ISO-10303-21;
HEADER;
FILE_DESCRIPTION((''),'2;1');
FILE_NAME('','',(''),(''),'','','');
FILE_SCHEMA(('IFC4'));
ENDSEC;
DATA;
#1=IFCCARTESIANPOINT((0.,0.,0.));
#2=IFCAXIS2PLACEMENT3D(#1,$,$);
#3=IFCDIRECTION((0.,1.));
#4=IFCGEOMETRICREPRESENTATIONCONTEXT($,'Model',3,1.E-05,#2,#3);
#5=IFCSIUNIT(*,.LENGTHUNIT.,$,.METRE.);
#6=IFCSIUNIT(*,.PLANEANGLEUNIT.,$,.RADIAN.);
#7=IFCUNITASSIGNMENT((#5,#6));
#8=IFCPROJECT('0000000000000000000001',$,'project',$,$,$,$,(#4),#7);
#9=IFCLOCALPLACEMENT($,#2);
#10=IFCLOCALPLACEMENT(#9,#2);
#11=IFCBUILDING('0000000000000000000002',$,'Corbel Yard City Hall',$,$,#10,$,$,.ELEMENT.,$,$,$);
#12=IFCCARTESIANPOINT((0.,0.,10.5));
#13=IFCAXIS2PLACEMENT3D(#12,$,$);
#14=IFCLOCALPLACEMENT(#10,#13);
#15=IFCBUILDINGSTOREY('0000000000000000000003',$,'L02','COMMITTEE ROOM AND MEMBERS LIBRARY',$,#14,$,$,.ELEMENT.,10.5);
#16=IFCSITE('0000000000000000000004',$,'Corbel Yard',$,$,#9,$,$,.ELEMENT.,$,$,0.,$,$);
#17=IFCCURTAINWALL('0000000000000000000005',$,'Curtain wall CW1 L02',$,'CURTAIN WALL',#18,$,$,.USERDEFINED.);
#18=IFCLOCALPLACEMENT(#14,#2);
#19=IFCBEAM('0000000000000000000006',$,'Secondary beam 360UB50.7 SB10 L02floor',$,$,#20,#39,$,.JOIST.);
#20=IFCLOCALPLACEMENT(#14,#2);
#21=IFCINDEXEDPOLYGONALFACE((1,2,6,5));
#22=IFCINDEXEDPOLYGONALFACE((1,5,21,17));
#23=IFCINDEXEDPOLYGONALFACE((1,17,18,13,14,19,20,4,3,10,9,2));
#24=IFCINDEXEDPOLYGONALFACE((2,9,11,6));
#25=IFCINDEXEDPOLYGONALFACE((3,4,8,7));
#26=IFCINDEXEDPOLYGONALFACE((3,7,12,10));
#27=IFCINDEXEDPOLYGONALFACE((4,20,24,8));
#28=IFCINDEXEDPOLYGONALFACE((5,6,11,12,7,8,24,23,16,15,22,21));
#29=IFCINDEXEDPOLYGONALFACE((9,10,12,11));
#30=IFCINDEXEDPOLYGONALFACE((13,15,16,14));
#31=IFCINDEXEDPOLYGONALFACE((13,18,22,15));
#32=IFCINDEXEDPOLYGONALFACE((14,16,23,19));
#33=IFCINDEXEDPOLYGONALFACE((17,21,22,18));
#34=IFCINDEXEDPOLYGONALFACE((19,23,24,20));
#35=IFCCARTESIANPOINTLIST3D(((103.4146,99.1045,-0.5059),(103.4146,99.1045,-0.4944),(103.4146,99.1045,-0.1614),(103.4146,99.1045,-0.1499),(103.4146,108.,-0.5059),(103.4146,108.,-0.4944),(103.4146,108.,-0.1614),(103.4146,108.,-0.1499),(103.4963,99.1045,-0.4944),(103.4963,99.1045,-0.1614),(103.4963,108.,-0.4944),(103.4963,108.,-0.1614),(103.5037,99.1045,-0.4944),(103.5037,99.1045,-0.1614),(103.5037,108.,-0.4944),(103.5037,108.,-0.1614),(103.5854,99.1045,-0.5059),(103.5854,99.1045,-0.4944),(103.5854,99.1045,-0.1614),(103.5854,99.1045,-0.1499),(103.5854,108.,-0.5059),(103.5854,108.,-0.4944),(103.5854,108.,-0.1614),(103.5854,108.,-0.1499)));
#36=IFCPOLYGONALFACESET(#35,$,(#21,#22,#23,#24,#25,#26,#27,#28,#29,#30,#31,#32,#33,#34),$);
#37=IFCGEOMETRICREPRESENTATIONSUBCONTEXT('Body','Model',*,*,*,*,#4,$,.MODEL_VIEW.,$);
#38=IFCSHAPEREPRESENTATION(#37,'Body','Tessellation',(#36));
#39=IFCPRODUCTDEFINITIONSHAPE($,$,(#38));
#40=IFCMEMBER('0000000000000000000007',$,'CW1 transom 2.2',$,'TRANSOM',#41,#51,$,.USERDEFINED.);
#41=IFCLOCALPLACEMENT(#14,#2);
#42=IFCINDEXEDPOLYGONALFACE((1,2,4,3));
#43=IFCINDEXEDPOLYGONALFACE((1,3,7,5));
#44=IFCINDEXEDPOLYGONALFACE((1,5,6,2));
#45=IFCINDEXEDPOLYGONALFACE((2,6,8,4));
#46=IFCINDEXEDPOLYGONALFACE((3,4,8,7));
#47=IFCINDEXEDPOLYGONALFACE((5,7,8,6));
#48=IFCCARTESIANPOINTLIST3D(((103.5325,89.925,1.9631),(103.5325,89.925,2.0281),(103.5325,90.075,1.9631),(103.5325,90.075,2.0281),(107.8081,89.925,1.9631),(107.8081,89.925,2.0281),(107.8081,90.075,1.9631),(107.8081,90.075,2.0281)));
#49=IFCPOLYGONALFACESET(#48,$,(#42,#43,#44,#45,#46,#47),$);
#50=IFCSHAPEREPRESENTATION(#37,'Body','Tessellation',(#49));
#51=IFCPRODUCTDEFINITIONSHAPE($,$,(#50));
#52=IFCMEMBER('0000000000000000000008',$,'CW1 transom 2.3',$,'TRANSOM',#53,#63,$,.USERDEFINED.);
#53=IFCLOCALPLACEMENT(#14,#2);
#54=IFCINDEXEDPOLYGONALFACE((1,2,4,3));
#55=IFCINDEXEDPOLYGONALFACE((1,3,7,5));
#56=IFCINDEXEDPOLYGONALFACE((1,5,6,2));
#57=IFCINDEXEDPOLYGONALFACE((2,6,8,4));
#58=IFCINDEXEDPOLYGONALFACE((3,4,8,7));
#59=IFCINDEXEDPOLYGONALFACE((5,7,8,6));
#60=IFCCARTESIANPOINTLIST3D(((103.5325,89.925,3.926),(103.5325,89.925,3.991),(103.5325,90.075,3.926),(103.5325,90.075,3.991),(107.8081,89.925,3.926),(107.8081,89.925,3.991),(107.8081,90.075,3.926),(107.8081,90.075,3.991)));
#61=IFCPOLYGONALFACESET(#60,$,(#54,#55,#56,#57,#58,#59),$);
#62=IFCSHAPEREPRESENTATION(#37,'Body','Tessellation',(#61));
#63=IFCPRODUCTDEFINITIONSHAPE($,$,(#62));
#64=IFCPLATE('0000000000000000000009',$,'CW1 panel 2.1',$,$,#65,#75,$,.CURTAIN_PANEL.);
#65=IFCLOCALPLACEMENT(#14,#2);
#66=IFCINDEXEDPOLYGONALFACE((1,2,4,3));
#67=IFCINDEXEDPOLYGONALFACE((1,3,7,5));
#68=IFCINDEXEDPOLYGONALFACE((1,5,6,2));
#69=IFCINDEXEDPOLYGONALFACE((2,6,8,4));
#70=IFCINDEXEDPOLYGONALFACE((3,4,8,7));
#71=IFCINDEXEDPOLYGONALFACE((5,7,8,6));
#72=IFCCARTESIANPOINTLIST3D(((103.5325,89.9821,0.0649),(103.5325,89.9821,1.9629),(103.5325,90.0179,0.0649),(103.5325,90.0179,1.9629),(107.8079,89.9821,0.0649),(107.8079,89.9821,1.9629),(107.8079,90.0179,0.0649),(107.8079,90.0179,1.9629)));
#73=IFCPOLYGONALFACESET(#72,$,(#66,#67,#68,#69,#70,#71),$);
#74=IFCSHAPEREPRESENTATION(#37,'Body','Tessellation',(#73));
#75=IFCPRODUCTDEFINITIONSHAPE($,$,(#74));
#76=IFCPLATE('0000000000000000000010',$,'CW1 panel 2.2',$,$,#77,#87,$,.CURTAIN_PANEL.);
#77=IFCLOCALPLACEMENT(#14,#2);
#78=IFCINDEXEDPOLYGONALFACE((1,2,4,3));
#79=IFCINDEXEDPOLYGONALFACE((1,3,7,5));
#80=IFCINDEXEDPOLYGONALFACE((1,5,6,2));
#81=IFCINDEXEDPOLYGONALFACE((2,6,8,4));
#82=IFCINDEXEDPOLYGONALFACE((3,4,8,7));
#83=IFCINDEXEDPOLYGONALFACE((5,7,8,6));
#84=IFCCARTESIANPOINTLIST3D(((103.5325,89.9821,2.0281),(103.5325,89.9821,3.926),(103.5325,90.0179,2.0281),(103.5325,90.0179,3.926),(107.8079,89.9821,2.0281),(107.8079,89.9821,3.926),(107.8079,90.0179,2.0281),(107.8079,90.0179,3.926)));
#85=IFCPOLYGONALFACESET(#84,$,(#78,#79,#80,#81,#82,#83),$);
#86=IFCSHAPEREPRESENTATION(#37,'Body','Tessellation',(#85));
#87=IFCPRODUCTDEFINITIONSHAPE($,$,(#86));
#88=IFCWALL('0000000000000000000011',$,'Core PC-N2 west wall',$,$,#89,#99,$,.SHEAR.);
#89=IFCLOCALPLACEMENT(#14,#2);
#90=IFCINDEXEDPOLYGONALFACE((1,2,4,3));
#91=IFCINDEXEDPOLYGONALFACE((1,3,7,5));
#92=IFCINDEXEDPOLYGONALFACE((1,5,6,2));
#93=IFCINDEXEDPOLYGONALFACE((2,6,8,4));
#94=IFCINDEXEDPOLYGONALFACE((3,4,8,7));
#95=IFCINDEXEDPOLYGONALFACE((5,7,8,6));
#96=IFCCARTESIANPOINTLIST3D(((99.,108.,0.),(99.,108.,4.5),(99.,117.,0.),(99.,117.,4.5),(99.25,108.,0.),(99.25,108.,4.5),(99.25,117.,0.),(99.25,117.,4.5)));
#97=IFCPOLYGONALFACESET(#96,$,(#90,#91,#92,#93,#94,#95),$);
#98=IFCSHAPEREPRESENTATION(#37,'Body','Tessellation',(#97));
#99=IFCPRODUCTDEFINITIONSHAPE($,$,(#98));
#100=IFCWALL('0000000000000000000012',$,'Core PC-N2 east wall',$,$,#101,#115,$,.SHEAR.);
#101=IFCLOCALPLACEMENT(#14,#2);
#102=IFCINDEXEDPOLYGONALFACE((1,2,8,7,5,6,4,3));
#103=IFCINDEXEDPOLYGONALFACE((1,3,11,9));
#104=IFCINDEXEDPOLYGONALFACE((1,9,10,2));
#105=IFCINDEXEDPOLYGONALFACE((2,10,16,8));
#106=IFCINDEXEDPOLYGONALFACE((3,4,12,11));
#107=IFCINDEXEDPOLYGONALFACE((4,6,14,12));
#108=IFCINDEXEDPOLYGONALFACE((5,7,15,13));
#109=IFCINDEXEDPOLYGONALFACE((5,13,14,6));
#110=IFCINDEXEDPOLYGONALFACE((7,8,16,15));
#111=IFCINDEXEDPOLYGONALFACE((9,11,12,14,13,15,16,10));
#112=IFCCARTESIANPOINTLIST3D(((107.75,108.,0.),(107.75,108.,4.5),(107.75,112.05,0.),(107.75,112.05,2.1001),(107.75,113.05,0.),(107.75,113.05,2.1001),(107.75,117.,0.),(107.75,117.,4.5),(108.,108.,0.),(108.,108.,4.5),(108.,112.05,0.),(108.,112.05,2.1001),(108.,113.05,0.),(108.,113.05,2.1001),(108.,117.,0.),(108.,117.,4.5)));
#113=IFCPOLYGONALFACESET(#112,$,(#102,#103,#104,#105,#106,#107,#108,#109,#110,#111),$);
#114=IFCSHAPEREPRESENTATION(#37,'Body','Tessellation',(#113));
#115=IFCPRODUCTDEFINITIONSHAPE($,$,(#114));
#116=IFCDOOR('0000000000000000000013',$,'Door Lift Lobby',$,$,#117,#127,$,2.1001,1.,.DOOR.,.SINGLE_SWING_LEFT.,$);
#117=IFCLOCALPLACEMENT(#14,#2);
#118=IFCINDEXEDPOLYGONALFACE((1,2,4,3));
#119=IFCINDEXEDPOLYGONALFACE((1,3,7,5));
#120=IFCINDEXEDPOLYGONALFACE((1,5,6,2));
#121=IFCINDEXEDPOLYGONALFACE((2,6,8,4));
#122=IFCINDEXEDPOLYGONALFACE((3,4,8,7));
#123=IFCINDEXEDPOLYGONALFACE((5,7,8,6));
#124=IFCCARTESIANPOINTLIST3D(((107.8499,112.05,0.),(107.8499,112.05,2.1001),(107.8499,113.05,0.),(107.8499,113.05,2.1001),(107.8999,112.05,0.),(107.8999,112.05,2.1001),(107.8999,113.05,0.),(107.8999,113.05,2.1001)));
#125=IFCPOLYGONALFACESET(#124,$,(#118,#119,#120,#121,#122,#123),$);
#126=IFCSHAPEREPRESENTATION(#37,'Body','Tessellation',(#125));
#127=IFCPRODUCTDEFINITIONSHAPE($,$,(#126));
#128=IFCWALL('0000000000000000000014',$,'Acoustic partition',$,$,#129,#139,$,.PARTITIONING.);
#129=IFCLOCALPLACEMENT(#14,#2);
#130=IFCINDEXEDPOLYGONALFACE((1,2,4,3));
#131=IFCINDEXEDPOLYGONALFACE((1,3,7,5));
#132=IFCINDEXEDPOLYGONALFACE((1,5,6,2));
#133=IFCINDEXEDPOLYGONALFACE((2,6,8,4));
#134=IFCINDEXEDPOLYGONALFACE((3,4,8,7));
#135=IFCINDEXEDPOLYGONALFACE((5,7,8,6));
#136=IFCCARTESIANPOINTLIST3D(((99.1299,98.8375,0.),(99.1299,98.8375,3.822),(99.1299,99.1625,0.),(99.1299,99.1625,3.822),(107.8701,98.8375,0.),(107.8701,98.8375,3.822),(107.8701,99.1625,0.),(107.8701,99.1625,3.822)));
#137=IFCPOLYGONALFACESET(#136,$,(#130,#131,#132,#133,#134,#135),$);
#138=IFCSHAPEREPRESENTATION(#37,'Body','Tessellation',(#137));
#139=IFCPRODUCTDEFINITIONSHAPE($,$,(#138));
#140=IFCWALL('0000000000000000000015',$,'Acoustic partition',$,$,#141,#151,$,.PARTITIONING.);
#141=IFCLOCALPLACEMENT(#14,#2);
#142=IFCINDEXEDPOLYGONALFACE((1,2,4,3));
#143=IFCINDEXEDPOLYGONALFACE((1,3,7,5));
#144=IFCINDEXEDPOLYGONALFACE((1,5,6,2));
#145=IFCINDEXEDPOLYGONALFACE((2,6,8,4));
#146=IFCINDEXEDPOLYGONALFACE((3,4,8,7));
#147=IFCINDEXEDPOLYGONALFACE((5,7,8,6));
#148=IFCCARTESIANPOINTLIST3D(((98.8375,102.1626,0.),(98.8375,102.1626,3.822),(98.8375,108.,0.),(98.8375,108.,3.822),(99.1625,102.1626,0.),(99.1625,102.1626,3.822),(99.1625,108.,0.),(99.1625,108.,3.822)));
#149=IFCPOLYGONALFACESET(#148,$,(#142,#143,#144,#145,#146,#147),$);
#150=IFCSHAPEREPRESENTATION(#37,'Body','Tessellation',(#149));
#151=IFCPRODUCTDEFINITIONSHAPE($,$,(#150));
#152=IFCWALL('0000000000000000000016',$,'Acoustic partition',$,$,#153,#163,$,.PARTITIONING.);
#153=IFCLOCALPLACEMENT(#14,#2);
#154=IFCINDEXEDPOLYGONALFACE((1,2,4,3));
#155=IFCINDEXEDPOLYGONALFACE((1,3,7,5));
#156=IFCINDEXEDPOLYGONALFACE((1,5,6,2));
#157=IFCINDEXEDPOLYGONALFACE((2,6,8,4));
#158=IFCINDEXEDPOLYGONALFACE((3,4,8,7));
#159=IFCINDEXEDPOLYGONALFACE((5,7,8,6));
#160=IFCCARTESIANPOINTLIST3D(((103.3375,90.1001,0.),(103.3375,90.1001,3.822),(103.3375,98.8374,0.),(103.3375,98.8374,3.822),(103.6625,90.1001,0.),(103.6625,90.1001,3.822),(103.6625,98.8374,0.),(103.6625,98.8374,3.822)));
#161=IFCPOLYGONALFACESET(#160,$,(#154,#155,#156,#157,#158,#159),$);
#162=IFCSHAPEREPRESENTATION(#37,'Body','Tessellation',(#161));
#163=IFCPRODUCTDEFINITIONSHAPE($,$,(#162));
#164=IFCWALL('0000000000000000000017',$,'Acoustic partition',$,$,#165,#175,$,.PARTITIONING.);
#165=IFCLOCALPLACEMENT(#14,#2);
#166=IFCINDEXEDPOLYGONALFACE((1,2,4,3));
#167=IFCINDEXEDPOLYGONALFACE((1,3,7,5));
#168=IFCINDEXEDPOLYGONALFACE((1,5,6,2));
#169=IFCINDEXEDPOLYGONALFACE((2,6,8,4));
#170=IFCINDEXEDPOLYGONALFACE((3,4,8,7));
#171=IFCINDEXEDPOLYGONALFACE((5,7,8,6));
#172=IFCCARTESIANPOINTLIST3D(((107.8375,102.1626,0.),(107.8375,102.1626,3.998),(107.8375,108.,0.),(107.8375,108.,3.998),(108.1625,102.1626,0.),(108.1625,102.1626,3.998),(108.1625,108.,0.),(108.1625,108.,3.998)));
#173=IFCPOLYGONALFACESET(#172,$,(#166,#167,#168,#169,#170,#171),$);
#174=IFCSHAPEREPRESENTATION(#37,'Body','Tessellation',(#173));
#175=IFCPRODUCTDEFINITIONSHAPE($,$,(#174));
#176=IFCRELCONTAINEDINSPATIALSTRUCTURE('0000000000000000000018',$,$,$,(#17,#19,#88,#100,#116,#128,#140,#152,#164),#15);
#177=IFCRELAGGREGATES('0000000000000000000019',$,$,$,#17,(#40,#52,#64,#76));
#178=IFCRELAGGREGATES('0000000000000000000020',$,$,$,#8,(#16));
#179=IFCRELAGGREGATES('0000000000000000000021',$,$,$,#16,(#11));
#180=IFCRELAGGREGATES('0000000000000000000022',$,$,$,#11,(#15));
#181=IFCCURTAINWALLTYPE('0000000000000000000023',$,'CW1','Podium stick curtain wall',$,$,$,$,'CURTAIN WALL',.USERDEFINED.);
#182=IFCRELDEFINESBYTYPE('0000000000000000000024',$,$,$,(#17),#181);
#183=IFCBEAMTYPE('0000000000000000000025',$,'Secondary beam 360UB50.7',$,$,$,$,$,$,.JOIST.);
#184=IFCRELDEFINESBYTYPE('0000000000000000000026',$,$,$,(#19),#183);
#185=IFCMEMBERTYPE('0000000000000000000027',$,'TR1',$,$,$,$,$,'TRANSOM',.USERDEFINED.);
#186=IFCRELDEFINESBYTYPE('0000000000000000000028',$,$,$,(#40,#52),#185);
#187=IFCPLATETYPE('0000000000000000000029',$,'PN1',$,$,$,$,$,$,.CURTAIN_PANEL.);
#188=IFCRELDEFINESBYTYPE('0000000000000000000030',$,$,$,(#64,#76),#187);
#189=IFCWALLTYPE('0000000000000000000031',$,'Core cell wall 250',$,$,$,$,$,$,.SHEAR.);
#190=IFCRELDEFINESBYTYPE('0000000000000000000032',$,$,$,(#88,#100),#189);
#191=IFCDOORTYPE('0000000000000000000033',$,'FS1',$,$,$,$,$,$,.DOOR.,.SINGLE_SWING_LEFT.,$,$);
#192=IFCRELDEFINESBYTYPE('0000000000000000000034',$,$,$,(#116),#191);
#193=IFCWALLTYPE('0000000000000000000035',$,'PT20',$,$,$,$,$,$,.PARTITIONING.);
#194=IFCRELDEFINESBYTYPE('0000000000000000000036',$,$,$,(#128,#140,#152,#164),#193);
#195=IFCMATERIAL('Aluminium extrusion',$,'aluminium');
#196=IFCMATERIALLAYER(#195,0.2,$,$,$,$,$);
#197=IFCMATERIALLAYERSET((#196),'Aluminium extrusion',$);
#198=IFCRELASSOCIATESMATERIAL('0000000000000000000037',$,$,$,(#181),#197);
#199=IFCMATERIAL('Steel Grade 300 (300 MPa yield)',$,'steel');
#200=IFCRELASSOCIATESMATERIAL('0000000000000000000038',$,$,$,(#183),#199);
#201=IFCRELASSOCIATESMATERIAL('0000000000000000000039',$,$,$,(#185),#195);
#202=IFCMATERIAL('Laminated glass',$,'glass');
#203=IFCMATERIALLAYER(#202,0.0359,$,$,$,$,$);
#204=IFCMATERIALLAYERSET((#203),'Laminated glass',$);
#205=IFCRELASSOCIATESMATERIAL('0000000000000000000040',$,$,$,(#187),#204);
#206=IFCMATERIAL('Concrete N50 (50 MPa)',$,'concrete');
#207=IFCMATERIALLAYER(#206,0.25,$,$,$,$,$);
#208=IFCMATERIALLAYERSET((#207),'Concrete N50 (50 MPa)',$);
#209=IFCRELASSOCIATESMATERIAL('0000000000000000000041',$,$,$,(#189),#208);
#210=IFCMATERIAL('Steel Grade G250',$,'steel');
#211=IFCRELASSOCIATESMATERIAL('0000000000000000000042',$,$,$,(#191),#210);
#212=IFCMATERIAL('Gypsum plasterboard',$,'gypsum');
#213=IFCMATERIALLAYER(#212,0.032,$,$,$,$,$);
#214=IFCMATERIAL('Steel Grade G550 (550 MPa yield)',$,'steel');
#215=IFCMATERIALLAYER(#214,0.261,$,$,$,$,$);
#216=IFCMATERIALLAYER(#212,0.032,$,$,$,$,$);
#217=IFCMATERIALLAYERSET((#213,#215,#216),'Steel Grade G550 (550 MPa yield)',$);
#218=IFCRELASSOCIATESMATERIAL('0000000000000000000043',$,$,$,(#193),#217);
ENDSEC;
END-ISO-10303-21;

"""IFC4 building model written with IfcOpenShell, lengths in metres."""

from ifc_helpers import new_model, si_unit, direction, frame, frame_2d, origin, origin_2d, place, context, subcontext, project, spatial, rectangle, i_section, extrude, material, layer, layer_set, material_profile, profile_set, type_object, element, fill, aggregate, save


model = new_model("IFC4")

# Units and contexts
model_context = context("Model", 3, precision=1e-05, world=origin(), true_north=direction((0.0, 1.0)))
body_context = subcontext(model_context, "Body", "Model", "MODEL_VIEW")
ifc_project = project(units=[si_unit("LENGTHUNIT", "METRE"), si_unit("PLANEANGLEUNIT", "RADIAN")], contexts=[model_context])

# Site, building, storey
site_placement = place(None, origin())
site = spatial("IfcSite", under=ifc_project, at=site_placement, Name="Corbel Yard", CompositionType="ELEMENT", RefElevation=0.0)
building_placement = place(site_placement, origin())
building = spatial("IfcBuilding", under=site, at=building_placement, Name="Corbel Yard City Hall", CompositionType="ELEMENT")
storey_placement = place(building_placement, frame((0.0, 0.0, 10.5)))
storey = spatial("IfcBuildingStorey", under=building, at=storey_placement, Name="L02", Description="COMMITTEE ROOM AND MEMBERS LIBRARY", CompositionType="ELEMENT", Elevation=10.5)

# Shared definitions
ifc_material_1 = material(Name="Steel Grade 300 (300 MPa yield)", Category="steel")

# Curtain wall
ifc_material_2 = material(Name="Aluminium extrusion", Category="aluminium")
ifc_layer_1 = layer(ifc_material_2, 0.2)
ifc_layer_set_1 = layer_set([ifc_layer_1], Name="Aluminium extrusion")
curtain_wall_type = type_object("IfcCurtainWallType", Name="CW1", Description="Podium stick curtain wall", ElementType="CURTAIN WALL", PredefinedType="USERDEFINED", material=ifc_layer_set_1)
curtain_wall_placement = place(storey_placement, origin())
curtain_wall = element("IfcCurtainWall", 1, at=curtain_wall_placement, inside=storey, type_object=curtain_wall_type, Name="Curtain wall CW1 L02", ObjectType="CURTAIN WALL", PredefinedType="USERDEFINED")

# Beam
ifc_material_profile_1 = material_profile(ifc_material_1, i_section(OverallWidth=0.1709, OverallDepth=0.356, WebThickness=0.0073, FlangeThickness=0.0115, at=origin_2d()), Name="360UB50.7")
ifc_profile_set_1 = profile_set([ifc_material_profile_1], Name="Steel Grade 300 (300 MPa yield)")
beam_type_1 = type_object("IfcBeamType", Name="Secondary beam 360UB50.7", PredefinedType="JOIST", material=ifc_profile_set_1)
beam_1_placement = place(storey_placement, frame((103.5, 99.1045, -0.3279), z_axis=(0.0, 1.0, 0.0), x_axis=(-1.0, 0.0, 0.0)))
element("IfcBeam", 2, at=beam_1_placement, inside=storey, type_object=beam_type_1, Name="Secondary beam 360UB50.7 SB10 L02floor", PredefinedType="JOIST", context=body_context, shape_type="SweptSolid", body=[
    extrude(i_section(OverallWidth=0.1709, OverallDepth=0.356, WebThickness=0.0073, FlangeThickness=0.0115, at=origin_2d()), origin(), (0.0, 0.0, 1.0), 8.8955),
])

# Members
ifc_material_profile_2 = material_profile(ifc_material_2, rectangle(XDim=0.1499, YDim=0.0649, at=origin_2d()), Name="150x65")
ifc_profile_set_2 = profile_set([ifc_material_profile_2], Name="Aluminium extrusion")
member_type_1 = type_object("IfcMemberType", Name="TR1", ElementType="TRANSOM", PredefinedType="USERDEFINED", material=ifc_profile_set_2)
member_1_placement = place(storey_placement, frame((103.5325, 90.0, 1.9956), z_axis=(1.0, 0.0, 0.0), x_axis=(0.0, 1.0, 0.0)))
member_1 = element("IfcMember", 3, at=member_1_placement, type_object=member_type_1, Name="CW1 transom 2.2", ObjectType="TRANSOM", PredefinedType="USERDEFINED", context=body_context, shape_type="SweptSolid", body=[
    extrude(rectangle(XDim=0.1499, YDim=0.0649, at=origin_2d()), origin(), (0.0, 0.0, 1.0), 4.2756),
])
member_2_placement = place(storey_placement, frame((103.5325, 90.0, 3.9585), z_axis=(1.0, 0.0, 0.0), x_axis=(0.0, 1.0, 0.0)))
member_2 = element("IfcMember", 4, at=member_2_placement, type_object=member_type_1, Name="CW1 transom 2.3", ObjectType="TRANSOM", PredefinedType="USERDEFINED", context=body_context, shape_type="SweptSolid", body=[
    extrude(rectangle(XDim=0.1499, YDim=0.0649, at=origin_2d()), origin(), (0.0, 0.0, 1.0), 4.2756),
])

# Plates
ifc_material_3 = material(Name="Laminated glass", Category="glass")
ifc_layer_2 = layer(ifc_material_3, 0.0359)
ifc_layer_set_2 = layer_set([ifc_layer_2], Name="Laminated glass")
plate_type = type_object("IfcPlateType", Name="PN1", PredefinedType="CURTAIN_PANEL", material=ifc_layer_set_2)
plate_1_placement = place(storey_placement, frame((105.6702, 90.0, 0.0649), z_axis=(0.0, 0.0, 1.0), x_axis=(1.0, 0.0, 0.0)))
plate_1 = element("IfcPlate", 5, at=plate_1_placement, type_object=plate_type, Name="CW1 panel 2.1", PredefinedType="CURTAIN_PANEL", context=body_context, shape_type="SweptSolid", body=[
    extrude(rectangle(XDim=4.2754, YDim=0.0359, at=origin_2d()), origin(), (0.0, 0.0, 1.0), 1.8979),
])
plate_2_placement = place(storey_placement, frame((105.6702, 90.0, 2.0281), z_axis=(0.0, 0.0, 1.0), x_axis=(1.0, 0.0, 0.0)))
plate_2 = element("IfcPlate", 6, at=plate_2_placement, type_object=plate_type, Name="CW1 panel 2.2", PredefinedType="CURTAIN_PANEL", context=body_context, shape_type="SweptSolid", body=[
    extrude(rectangle(XDim=4.2754, YDim=0.0359, at=origin_2d()), origin(), (0.0, 0.0, 1.0), 1.8979),
])
aggregate(curtain_wall, [member_1, member_2, plate_1, plate_2])

# Wall
ifc_material_4 = material(Name="Concrete N50 (50 MPa)", Category="concrete")
ifc_layer_3 = layer(ifc_material_4, 0.25)
ifc_layer_set_3 = layer_set([ifc_layer_3], Name="Concrete N50 (50 MPa)")
wall_type_1 = type_object("IfcWallType", Name="Core cell wall 250", PredefinedType="SHEAR", material=ifc_layer_set_3)
wall_1_placement = place(storey_placement, frame((99.125, 108.0, 0.0), z_axis=(0.0, 0.0, 1.0), x_axis=(0.0, 1.0, 0.0)))
element("IfcWall", 7, at=wall_1_placement, inside=storey, type_object=wall_type_1, Name="Core PC-N2 west wall", PredefinedType="SHEAR", context=body_context, shape_type="SweptSolid", body=[
    extrude(rectangle(XDim=9.0, YDim=0.25, at=frame_2d((4.5, 0.0))), origin(), (0.0, 0.0, 1.0), 4.5),
])

# Wall, opening, door
wall_2_placement = place(storey_placement, frame((107.875, 108.0, 0.0), z_axis=(0.0, 0.0, 1.0), x_axis=(0.0, 1.0, 0.0)))
wall_2 = element("IfcWall", 8, at=wall_2_placement, inside=storey, type_object=wall_type_1, Name="Core PC-N2 east wall", PredefinedType="SHEAR", context=body_context, shape_type="SweptSolid", body=[
    extrude(rectangle(XDim=9.0, YDim=0.25, at=frame_2d((4.5, 0.0))), origin(), (0.0, 0.0, 1.0), 4.5),
])
opening_1_placement = place(wall_2_placement, frame((4.05, 0.0, 0.0)))
opening_1 = element("IfcOpeningElement", 9, at=opening_1_placement, cuts=wall_2, PredefinedType="OPENING", context=body_context, shape_type="SweptSolid", body=[
    extrude(rectangle(XDim=1.0, YDim=2.1001, at=frame_2d((0.5, 1.05))), frame((0.0, 0.135, 0.0), z_axis=(0.0, -1.0, 0.0), x_axis=(1.0, 0.0, 0.0)), (0.0, 0.0, 1.0), 0.27),
])
ifc_material_5 = material(Name="Steel Grade G250", Category="steel")
door_type_1 = type_object("IfcDoorType", Name="FS1", OperationType="SINGLE_SWING_LEFT", PredefinedType="DOOR", material=ifc_material_5)
door_1_placement = place(opening_1_placement, frame((1.0, 0.0, 0.0), z_axis=(0.0, 0.0, 1.0), x_axis=(-1.0, 0.0, 0.0)))
door_1 = element("IfcDoor", 10, at=door_1_placement, inside=storey, type_object=door_type_1, Name="Door Lift Lobby", OperationType="SINGLE_SWING_LEFT", OverallHeight=2.1001, OverallWidth=1.0, PredefinedType="DOOR", context=body_context, shape_type="SweptSolid", body=[
    extrude(rectangle(XDim=1.0, YDim=2.1001, at=frame_2d((0.5, 1.05))), frame((0.0, 0.0249, 0.0), z_axis=(0.0, -1.0, 0.0), x_axis=(1.0, 0.0, 0.0)), (0.0, 0.0, 1.0), 0.05),
])
fill(opening_1, door_1)

# Wall
ifc_material_6 = material(Name="Gypsum plasterboard", Category="gypsum")
ifc_layer_4 = layer(ifc_material_6, 0.032)
ifc_material_7 = material(Name="Steel Grade G550 (550 MPa yield)", Category="steel")
ifc_layer_5 = layer(ifc_material_7, 0.261)
ifc_layer_6 = layer(ifc_material_6, 0.032)
ifc_layer_set_4 = layer_set([ifc_layer_4, ifc_layer_5, ifc_layer_6], Name="Steel Grade G550 (550 MPa yield)")
wall_type_2 = type_object("IfcWallType", Name="PT20", PredefinedType="PARTITIONING", material=ifc_layer_set_4)
wall_3_placement = place(storey_placement, frame((99.1299, 99.0, 0.0), z_axis=(0.0, 0.0, 1.0), x_axis=(1.0, 0.0, 0.0)))
element("IfcWall", 11, at=wall_3_placement, inside=storey, type_object=wall_type_2, Name="Acoustic partition", PredefinedType="PARTITIONING", context=body_context, shape_type="SweptSolid", body=[
    extrude(rectangle(XDim=8.7402, YDim=0.325, at=frame_2d((4.3701, 0.0))), origin(), (0.0, 0.0, 1.0), 3.822),
])

# Walls
wall_4_placement = place(storey_placement, frame((99.0, 102.1626, 0.0), z_axis=(0.0, 0.0, 1.0), x_axis=(0.0, 1.0, 0.0)))
element("IfcWall", 12, at=wall_4_placement, inside=storey, type_object=wall_type_2, Name="Acoustic partition", PredefinedType="PARTITIONING", context=body_context, shape_type="SweptSolid", body=[
    extrude(rectangle(XDim=5.8374, YDim=0.325, at=frame_2d((2.9187, 0.0))), origin(), (0.0, 0.0, 1.0), 3.822),
])
wall_5_placement = place(storey_placement, frame((103.5, 90.1001, 0.0), z_axis=(0.0, 0.0, 1.0), x_axis=(0.0, 1.0, 0.0)))
element("IfcWall", 13, at=wall_5_placement, inside=storey, type_object=wall_type_2, Name="Acoustic partition", PredefinedType="PARTITIONING", context=body_context, shape_type="SweptSolid", body=[
    extrude(rectangle(XDim=8.7373, YDim=0.325, at=frame_2d((4.3687, 0.0))), origin(), (0.0, 0.0, 1.0), 3.822),
])
wall_6_placement = place(storey_placement, frame((108.0, 102.1626, 0.0), z_axis=(0.0, 0.0, 1.0), x_axis=(0.0, 1.0, 0.0)))
element("IfcWall", 14, at=wall_6_placement, inside=storey, type_object=wall_type_2, Name="Acoustic partition", PredefinedType="PARTITIONING", context=body_context, shape_type="SweptSolid", body=[
    extrude(rectangle(XDim=5.8374, YDim=0.325, at=frame_2d((2.9187, 0.0))), origin(), (0.0, 0.0, 1.0), 3.998),
])

save(model, "model.ifc")
